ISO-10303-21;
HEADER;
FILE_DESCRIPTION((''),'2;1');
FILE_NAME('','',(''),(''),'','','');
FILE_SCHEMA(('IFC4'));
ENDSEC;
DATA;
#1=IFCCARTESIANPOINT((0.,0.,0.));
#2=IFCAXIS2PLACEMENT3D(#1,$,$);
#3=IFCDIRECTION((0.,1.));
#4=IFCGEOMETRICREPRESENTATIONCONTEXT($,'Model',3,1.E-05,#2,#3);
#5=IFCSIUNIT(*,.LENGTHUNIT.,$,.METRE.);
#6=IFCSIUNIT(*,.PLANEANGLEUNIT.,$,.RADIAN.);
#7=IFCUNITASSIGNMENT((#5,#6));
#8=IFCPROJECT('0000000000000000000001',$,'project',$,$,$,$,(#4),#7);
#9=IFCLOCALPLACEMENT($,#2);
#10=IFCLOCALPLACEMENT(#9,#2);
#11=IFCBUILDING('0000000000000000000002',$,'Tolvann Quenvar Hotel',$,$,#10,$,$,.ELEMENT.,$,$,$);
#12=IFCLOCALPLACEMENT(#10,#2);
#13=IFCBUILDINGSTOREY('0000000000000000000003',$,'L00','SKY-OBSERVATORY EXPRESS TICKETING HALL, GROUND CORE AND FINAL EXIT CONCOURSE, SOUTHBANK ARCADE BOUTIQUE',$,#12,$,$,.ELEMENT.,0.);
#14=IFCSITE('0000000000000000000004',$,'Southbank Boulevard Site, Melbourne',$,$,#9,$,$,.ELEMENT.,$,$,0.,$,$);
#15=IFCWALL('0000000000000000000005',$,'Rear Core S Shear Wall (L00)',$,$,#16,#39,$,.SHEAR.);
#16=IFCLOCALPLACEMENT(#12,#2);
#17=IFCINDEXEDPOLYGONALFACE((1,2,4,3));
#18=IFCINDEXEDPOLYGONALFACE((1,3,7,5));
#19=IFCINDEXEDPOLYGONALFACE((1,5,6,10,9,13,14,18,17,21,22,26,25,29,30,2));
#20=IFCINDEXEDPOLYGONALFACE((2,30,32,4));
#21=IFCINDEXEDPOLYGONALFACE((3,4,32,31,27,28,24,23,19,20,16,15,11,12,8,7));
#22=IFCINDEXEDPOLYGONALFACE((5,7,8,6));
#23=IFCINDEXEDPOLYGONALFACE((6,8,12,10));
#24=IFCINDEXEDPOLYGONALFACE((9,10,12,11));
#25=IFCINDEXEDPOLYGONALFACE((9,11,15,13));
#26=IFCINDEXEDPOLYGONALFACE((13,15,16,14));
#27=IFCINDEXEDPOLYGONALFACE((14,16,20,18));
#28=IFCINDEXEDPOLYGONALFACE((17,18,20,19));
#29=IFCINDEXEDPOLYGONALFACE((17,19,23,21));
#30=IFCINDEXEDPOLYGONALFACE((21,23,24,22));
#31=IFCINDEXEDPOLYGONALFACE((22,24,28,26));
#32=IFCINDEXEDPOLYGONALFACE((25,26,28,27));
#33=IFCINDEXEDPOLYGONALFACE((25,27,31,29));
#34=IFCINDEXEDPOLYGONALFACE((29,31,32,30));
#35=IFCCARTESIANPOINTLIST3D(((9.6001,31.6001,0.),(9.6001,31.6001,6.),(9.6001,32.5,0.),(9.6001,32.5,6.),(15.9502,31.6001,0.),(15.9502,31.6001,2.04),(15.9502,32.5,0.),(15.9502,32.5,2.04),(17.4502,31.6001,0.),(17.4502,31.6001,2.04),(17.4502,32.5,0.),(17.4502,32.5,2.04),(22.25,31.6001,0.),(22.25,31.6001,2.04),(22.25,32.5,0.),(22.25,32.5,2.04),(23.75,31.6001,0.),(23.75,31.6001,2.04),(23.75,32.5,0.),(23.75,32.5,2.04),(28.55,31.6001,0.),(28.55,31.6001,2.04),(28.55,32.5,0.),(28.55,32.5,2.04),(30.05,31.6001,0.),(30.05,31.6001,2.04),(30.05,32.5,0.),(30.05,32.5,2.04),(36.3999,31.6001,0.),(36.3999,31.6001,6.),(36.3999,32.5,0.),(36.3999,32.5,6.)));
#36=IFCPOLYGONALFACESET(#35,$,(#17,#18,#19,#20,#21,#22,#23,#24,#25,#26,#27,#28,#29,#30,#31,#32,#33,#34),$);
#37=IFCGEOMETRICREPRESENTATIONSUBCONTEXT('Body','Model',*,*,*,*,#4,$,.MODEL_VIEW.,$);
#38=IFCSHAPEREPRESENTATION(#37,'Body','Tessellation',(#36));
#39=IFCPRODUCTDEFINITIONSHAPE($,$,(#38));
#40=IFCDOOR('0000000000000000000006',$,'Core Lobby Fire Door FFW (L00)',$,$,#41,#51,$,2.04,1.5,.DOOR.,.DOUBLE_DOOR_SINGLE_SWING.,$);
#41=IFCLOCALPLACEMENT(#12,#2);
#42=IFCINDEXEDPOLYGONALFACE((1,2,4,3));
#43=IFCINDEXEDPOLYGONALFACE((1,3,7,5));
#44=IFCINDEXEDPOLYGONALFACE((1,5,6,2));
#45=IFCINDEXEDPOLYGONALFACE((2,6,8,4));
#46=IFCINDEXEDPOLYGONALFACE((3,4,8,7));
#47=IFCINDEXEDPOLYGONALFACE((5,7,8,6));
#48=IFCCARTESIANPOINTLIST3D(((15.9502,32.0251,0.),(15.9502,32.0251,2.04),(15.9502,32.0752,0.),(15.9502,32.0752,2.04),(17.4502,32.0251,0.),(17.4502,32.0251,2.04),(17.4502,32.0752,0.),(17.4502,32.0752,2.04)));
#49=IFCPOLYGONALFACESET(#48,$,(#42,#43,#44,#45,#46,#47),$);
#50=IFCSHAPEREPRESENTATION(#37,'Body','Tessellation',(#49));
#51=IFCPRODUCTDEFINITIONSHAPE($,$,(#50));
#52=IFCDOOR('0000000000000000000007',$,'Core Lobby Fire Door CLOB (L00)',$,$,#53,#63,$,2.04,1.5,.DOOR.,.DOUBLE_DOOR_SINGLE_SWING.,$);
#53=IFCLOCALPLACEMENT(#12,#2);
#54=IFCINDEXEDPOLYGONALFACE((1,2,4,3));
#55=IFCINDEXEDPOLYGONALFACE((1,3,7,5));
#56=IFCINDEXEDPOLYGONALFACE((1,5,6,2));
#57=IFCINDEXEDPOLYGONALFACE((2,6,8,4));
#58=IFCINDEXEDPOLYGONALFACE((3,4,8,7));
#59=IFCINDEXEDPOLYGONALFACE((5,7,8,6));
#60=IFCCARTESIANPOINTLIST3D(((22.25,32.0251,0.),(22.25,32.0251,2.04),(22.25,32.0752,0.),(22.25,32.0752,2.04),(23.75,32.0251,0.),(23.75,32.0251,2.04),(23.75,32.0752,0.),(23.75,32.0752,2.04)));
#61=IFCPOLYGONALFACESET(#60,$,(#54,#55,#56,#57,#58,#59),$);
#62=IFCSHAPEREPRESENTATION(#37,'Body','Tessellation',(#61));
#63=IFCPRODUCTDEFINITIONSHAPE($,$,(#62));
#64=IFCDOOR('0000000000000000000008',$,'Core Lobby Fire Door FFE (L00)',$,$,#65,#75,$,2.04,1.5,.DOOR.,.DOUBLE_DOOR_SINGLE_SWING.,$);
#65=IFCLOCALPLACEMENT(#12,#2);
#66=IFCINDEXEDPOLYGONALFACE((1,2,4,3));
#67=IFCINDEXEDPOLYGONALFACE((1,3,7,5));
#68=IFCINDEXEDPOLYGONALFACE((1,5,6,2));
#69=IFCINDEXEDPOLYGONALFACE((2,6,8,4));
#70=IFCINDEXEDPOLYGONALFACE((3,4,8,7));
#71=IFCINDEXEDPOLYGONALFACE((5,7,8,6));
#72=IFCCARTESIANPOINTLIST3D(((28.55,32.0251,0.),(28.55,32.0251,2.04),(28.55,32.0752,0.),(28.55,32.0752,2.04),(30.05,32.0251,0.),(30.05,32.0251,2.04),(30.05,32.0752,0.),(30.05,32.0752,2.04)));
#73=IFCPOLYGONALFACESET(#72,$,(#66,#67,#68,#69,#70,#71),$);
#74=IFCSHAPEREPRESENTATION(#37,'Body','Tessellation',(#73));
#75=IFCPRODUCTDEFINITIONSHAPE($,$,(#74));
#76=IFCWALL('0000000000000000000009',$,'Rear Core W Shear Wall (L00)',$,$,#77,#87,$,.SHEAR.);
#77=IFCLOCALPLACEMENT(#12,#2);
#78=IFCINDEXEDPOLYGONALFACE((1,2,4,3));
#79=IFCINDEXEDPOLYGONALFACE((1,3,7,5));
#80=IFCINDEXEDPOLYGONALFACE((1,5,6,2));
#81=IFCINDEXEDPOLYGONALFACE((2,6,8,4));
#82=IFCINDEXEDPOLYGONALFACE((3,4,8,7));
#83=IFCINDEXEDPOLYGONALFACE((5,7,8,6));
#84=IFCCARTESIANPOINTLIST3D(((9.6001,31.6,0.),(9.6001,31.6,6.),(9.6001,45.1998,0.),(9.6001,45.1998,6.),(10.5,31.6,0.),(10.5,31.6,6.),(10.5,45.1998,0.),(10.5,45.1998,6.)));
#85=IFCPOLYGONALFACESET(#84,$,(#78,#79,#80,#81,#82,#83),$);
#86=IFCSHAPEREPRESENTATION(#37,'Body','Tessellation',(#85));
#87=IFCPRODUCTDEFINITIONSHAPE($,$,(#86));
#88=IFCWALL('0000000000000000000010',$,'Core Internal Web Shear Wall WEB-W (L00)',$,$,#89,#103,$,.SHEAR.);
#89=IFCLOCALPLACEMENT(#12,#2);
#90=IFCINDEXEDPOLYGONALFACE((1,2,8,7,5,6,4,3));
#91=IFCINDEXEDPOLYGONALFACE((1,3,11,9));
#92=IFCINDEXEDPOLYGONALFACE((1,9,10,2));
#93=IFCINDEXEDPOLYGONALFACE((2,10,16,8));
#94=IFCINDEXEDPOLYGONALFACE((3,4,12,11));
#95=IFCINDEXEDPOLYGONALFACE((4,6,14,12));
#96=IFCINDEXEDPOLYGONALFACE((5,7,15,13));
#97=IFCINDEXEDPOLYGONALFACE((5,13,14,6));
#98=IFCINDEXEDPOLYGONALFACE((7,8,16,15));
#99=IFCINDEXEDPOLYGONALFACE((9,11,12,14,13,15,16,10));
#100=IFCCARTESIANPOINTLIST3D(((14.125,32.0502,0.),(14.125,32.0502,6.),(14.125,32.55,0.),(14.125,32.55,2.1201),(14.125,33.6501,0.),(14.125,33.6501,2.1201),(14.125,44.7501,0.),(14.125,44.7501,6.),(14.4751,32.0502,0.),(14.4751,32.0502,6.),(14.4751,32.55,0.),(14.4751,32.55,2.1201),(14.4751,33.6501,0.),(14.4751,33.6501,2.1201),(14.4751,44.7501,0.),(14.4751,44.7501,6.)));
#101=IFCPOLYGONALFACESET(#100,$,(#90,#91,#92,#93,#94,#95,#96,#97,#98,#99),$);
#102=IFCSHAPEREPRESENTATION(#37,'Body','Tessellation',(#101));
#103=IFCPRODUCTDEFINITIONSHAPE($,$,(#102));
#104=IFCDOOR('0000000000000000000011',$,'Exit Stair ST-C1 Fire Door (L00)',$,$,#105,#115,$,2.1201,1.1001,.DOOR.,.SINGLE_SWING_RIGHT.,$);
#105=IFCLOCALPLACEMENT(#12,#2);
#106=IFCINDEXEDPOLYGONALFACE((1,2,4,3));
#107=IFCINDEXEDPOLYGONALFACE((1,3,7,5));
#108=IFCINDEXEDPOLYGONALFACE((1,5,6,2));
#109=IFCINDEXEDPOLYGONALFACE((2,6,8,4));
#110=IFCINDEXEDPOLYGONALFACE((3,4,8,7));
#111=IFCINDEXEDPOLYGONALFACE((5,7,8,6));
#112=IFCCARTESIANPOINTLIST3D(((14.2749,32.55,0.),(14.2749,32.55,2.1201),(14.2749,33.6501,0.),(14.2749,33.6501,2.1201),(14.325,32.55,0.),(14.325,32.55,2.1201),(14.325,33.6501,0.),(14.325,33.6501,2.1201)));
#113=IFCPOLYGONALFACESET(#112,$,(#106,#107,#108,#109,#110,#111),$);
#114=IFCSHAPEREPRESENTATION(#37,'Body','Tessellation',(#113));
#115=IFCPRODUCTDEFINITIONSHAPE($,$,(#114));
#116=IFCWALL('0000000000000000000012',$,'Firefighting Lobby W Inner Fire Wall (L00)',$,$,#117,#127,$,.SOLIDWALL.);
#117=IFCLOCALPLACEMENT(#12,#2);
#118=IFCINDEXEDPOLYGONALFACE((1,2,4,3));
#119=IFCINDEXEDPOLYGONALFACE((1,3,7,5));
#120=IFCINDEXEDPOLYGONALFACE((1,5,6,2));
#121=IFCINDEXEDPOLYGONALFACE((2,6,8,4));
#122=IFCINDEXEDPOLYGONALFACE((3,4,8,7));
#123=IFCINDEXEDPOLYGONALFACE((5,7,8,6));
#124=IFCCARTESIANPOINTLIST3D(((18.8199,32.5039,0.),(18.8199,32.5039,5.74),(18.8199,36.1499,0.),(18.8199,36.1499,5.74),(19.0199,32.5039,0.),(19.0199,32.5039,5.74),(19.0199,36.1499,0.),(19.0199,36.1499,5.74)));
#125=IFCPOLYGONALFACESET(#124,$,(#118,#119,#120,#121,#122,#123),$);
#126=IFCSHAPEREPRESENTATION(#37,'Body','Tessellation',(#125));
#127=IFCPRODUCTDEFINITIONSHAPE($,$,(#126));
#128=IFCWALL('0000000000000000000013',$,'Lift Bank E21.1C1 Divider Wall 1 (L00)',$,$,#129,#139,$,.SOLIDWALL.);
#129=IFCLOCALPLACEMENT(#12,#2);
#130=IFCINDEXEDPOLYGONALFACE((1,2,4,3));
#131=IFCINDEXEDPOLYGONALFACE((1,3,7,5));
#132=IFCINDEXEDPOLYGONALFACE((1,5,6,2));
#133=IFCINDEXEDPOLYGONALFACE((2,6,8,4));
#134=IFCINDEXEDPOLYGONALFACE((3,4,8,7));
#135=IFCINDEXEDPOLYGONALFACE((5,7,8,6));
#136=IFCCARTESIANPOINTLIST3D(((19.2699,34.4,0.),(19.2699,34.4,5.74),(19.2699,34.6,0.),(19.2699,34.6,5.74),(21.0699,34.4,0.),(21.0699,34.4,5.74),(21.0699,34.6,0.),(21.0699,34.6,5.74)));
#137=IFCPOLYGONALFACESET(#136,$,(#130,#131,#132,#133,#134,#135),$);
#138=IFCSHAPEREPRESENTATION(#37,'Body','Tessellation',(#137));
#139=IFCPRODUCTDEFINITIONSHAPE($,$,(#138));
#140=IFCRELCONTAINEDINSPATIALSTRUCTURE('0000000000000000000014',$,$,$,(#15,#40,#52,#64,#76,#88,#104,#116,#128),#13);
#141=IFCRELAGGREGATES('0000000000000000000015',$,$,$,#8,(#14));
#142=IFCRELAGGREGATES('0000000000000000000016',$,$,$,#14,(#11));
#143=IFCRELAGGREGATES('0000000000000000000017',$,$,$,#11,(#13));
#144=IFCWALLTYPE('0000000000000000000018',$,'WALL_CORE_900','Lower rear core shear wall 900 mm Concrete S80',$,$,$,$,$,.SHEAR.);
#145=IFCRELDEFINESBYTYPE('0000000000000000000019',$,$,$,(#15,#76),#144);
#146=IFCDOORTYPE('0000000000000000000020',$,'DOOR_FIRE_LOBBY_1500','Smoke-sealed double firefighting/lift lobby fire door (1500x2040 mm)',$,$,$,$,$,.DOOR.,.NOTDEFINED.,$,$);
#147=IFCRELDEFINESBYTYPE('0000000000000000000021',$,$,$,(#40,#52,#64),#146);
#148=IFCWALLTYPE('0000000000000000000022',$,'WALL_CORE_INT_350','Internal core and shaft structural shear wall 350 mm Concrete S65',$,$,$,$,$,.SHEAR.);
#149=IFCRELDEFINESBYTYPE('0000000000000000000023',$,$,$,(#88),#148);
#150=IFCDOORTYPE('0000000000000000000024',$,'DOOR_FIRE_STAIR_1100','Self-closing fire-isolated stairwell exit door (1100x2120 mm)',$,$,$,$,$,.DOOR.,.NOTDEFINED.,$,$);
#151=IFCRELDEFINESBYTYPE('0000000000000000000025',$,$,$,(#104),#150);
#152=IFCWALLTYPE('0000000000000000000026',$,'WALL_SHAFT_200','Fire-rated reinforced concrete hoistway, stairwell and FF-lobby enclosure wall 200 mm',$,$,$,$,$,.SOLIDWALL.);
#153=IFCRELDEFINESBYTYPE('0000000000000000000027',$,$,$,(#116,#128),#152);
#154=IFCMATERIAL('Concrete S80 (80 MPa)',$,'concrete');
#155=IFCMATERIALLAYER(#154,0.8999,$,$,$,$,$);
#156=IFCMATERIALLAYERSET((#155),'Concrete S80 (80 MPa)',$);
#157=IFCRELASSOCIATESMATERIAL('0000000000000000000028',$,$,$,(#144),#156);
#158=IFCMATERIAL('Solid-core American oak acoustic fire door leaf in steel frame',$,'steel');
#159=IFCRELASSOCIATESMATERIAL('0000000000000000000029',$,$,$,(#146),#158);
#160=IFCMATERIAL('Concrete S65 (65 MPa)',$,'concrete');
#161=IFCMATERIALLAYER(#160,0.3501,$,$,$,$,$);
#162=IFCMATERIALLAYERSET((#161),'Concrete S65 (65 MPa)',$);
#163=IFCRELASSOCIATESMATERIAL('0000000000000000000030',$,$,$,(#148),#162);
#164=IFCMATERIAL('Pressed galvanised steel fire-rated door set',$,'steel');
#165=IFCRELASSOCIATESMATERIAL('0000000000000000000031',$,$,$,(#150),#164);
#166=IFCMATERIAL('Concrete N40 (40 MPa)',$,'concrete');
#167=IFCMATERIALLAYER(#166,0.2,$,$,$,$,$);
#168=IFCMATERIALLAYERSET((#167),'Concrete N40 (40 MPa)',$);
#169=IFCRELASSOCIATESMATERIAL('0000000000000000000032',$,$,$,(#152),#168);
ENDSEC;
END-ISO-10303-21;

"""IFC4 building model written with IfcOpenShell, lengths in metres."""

from ifc_helpers import new_model, si_unit, direction, frame, frame_2d, origin, place, context, subcontext, project, spatial, rectangle, extrude, source, transform, mapped, material, layer, layer_set, type_object, type_shapes, element, fill, save


model = new_model("IFC4")

# Units and contexts
model_context = context("Model", 3, precision=1e-05, world=origin(), true_north=direction((0.0, 1.0)))
body_context = subcontext(model_context, "Body", "Model", "MODEL_VIEW")
ifc_project = project(units=[si_unit("LENGTHUNIT", "METRE"), si_unit("PLANEANGLEUNIT", "RADIAN")], contexts=[model_context])

# Site, building, storey
site_placement = place(None, origin())
site = spatial("IfcSite", under=ifc_project, at=site_placement, Name="Southbank Boulevard Site, Melbourne", CompositionType="ELEMENT", RefElevation=0.0)
building_placement = place(site_placement, origin())
building = spatial("IfcBuilding", under=site, at=building_placement, Name="Tolvann Quenvar Hotel", CompositionType="ELEMENT")
storey_placement = place(building_placement, origin())
storey = spatial("IfcBuildingStorey", under=building, at=storey_placement, Name="L00", Description="SKY-OBSERVATORY EXPRESS TICKETING HALL, GROUND CORE AND FINAL EXIT CONCOURSE, SOUTHBANK ARCADE BOUTIQUE", CompositionType="ELEMENT", Elevation=0.0)

# Shared definitions
ifc_material_1 = material(Name="Concrete S80 (80 MPa)", Category="concrete")

# Wall, openings, doors
ifc_layer_1 = layer(ifc_material_1, 0.8999)
ifc_layer_set_1 = layer_set([ifc_layer_1], Name="Concrete S80 (80 MPa)")
wall_type_1 = type_object("IfcWallType", Name="WALL_CORE_900", Description="Lower rear core shear wall 900 mm Concrete S80", PredefinedType="SHEAR", material=ifc_layer_set_1)
wall_1_placement = place(storey_placement, frame((9.6001, 32.05, 0.0), z_axis=(0.0, 0.0, 1.0), x_axis=(1.0, 0.0, 0.0)))
wall_1 = element("IfcWall", 1, at=wall_1_placement, inside=storey, type_object=wall_type_1, Name="Rear Core S Shear Wall (L00)", PredefinedType="SHEAR", context=body_context, shape_type="SweptSolid", body=[
    extrude(rectangle(XDim=26.7998, YDim=0.8999, at=frame_2d((13.3999, 0.0))), origin(), (0.0, 0.0, 1.0), 6.0),
])
opening_1_placement = place(wall_1_placement, frame((7.8501, 0.0, 0.0), z_axis=(0.0, 0.0, 1.0), x_axis=(-1.0, 0.0, 0.0)))
opening_1 = element("IfcOpeningElement", 2, at=opening_1_placement, cuts=wall_1, PredefinedType="OPENING", context=body_context, shape_type="SweptSolid", body=[
    extrude(rectangle(XDim=1.5, YDim=2.04, at=frame_2d((0.75, 1.02))), frame((0.0, 0.46, 0.0), z_axis=(0.0, -1.0, 0.0), x_axis=(1.0, 0.0, 0.0)), (0.0, 0.0, 1.0), 0.9199),
])
opening_2_placement = place(wall_1_placement, frame((14.1499, 0.0, 0.0), z_axis=(0.0, 0.0, 1.0), x_axis=(-1.0, 0.0, 0.0)))
opening_2 = element("IfcOpeningElement", 3, at=opening_2_placement, cuts=wall_1, PredefinedType="OPENING", context=body_context, shape_type="SweptSolid", body=[
    extrude(rectangle(XDim=1.5, YDim=2.04, at=frame_2d((0.75, 1.02))), frame((0.0, 0.46, 0.0), z_axis=(0.0, -1.0, 0.0), x_axis=(1.0, 0.0, 0.0)), (0.0, 0.0, 1.0), 0.9199),
])
opening_3_placement = place(wall_1_placement, frame((20.45, 0.0, 0.0), z_axis=(0.0, 0.0, 1.0), x_axis=(-1.0, 0.0, 0.0)))
opening_3 = element("IfcOpeningElement", 4, at=opening_3_placement, cuts=wall_1, PredefinedType="OPENING", context=body_context, shape_type="SweptSolid", body=[
    extrude(rectangle(XDim=1.5, YDim=2.04, at=frame_2d((0.75, 1.02))), frame((0.0, 0.46, 0.0), z_axis=(0.0, -1.0, 0.0), x_axis=(1.0, 0.0, 0.0)), (0.0, 0.0, 1.0), 0.9199),
])
ifc_material_2 = material(Name="Solid-core American oak acoustic fire door leaf in steel frame", Category="steel")
door_type_1 = type_object("IfcDoorType", Name="DOOR_FIRE_LOBBY_1500", Description="Smoke-sealed double firefighting/lift lobby fire door (1500x2040 mm)", OperationType="NOTDEFINED", PredefinedType="DOOR", material=ifc_material_2)
shared_shape_1 = source(origin(), body_context, "Body", "SweptSolid", [
    extrude(rectangle(XDim=1.5, YDim=2.04, at=frame_2d((0.75, 1.02))), frame((0.0, 0.0249, 0.0), z_axis=(0.0, -1.0, 0.0), x_axis=(1.0, 0.0, 0.0)), (0.0, 0.0, 1.0), 0.05),
])
type_shapes(door_type_1, [shared_shape_1])
door_1_placement = place(opening_1_placement, origin())
door_1 = element("IfcDoor", 5, at=door_1_placement, inside=storey, type_object=door_type_1, Name="Core Lobby Fire Door FFW (L00)", OperationType="DOUBLE_DOOR_SINGLE_SWING", OverallHeight=2.04, OverallWidth=1.5, PredefinedType="DOOR", context=body_context, shape_type="MappedRepresentation", body=[
    mapped(shared_shape_1, transform((0.0, 0.0, 0.0), x_axis=(1.0, 0.0, 0.0), y_axis=(0.0, 1.0, 0.0), z_axis=(0.0, 0.0, 1.0), scale=1.0)),
])
fill(opening_1, door_1)
door_2_placement = place(opening_2_placement, origin())
door_2 = element("IfcDoor", 6, at=door_2_placement, inside=storey, type_object=door_type_1, Name="Core Lobby Fire Door CLOB (L00)", OperationType="DOUBLE_DOOR_SINGLE_SWING", OverallHeight=2.04, OverallWidth=1.5, PredefinedType="DOOR", context=body_context, shape_type="MappedRepresentation", body=[
    mapped(shared_shape_1, transform((0.0, 0.0, 0.0), x_axis=(1.0, 0.0, 0.0), y_axis=(0.0, 1.0, 0.0), z_axis=(0.0, 0.0, 1.0), scale=1.0)),
])
fill(opening_2, door_2)
door_3_placement = place(opening_3_placement, origin())
door_3 = element("IfcDoor", 7, at=door_3_placement, inside=storey, type_object=door_type_1, Name="Core Lobby Fire Door FFE (L00)", OperationType="DOUBLE_DOOR_SINGLE_SWING", OverallHeight=2.04, OverallWidth=1.5, PredefinedType="DOOR", context=body_context, shape_type="MappedRepresentation", body=[
    mapped(shared_shape_1, transform((0.0, 0.0, 0.0), x_axis=(1.0, 0.0, 0.0), y_axis=(0.0, 1.0, 0.0), z_axis=(0.0, 0.0, 1.0), scale=1.0)),
])
fill(opening_3, door_3)

# Wall
wall_2_placement = place(storey_placement, frame((10.05, 31.6001, 0.0), z_axis=(0.0, 0.0, 1.0), x_axis=(0.0, 1.0, 0.0)))
element("IfcWall", 8, at=wall_2_placement, inside=storey, type_object=wall_type_1, Name="Rear Core W Shear Wall (L00)", PredefinedType="SHEAR", context=body_context, shape_type="SweptSolid", body=[
    extrude(rectangle(XDim=13.5999, YDim=0.8999, at=frame_2d((6.7998, 0.0))), origin(), (0.0, 0.0, 1.0), 6.0),
])

# Wall, opening, door
ifc_material_3 = material(Name="Concrete S65 (65 MPa)", Category="concrete")
ifc_layer_2 = layer(ifc_material_3, 0.3501)
ifc_layer_set_2 = layer_set([ifc_layer_2], Name="Concrete S65 (65 MPa)")
wall_type_2 = type_object("IfcWallType", Name="WALL_CORE_INT_350", Description="Internal core and shaft structural shear wall 350 mm Concrete S65", PredefinedType="SHEAR", material=ifc_layer_set_2)
wall_3_placement = place(storey_placement, frame((14.3, 32.05, 0.0), z_axis=(0.0, 0.0, 1.0), x_axis=(0.0, 1.0, 0.0)))
wall_3 = element("IfcWall", 9, at=wall_3_placement, inside=storey, type_object=wall_type_2, Name="Core Internal Web Shear Wall WEB-W (L00)", PredefinedType="SHEAR", context=body_context, shape_type="SweptSolid", body=[
    extrude(rectangle(XDim=12.7, YDim=0.3501, at=frame_2d((6.3501, 0.0))), origin(), (0.0, 0.0, 1.0), 6.0),
])
opening_4_placement = place(wall_3_placement, frame((1.6001, 0.0, 0.0), z_axis=(0.0, 0.0, 1.0), x_axis=(-1.0, 0.0, 0.0)))
opening_4 = element("IfcOpeningElement", 10, at=opening_4_placement, cuts=wall_3, PredefinedType="OPENING", context=body_context, shape_type="SweptSolid", body=[
    extrude(rectangle(XDim=1.1001, YDim=2.1201, at=frame_2d((0.55, 1.0601))), frame((0.0, 0.1851, 0.0), z_axis=(0.0, -1.0, 0.0), x_axis=(1.0, 0.0, 0.0)), (0.0, 0.0, 1.0), 0.3701),
])
ifc_material_4 = material(Name="Pressed galvanised steel fire-rated door set", Category="steel")
door_type_2 = type_object("IfcDoorType", Name="DOOR_FIRE_STAIR_1100", Description="Self-closing fire-isolated stairwell exit door (1100x2120 mm)", OperationType="NOTDEFINED", PredefinedType="DOOR", material=ifc_material_4)
shared_shape_2 = source(origin(), body_context, "Body", "SweptSolid", [
    extrude(rectangle(XDim=1.1001, YDim=2.1201, at=frame_2d((0.55, 1.0601))), frame((0.0, 0.0249, 0.0), z_axis=(0.0, -1.0, 0.0), x_axis=(1.0, 0.0, 0.0)), (0.0, 0.0, 1.0), 0.05),
])
type_shapes(door_type_2, [shared_shape_2])
door_4_placement = place(opening_4_placement, origin())
door_4 = element("IfcDoor", 11, at=door_4_placement, inside=storey, type_object=door_type_2, Name="Exit Stair ST-C1 Fire Door (L00)", OperationType="SINGLE_SWING_RIGHT", OverallHeight=2.1201, OverallWidth=1.1001, PredefinedType="DOOR", context=body_context, shape_type="MappedRepresentation", body=[
    mapped(shared_shape_2, transform((0.0, 0.0, 0.0), x_axis=(1.0, 0.0, 0.0), y_axis=(0.0, 1.0, 0.0), z_axis=(0.0, 0.0, 1.0), scale=1.0)),
])
fill(opening_4, door_4)

# Walls
ifc_material_5 = material(Name="Concrete N40 (40 MPa)", Category="concrete")
ifc_layer_3 = layer(ifc_material_5, 0.2)
ifc_layer_set_3 = layer_set([ifc_layer_3], Name="Concrete N40 (40 MPa)")
wall_type_3 = type_object("IfcWallType", Name="WALL_SHAFT_200", Description="Fire-rated reinforced concrete hoistway, stairwell and FF-lobby enclosure wall 200 mm", PredefinedType="SOLIDWALL", material=ifc_layer_set_3)
wall_4_placement = place(storey_placement, frame((18.9199, 32.5039, 0.0), z_axis=(0.0, 0.0, 1.0), x_axis=(0.0, 1.0, 0.0)))
element("IfcWall", 12, at=wall_4_placement, inside=storey, type_object=wall_type_3, Name="Firefighting Lobby W Inner Fire Wall (L00)", PredefinedType="SOLIDWALL", context=body_context, shape_type="SweptSolid", body=[
    extrude(rectangle(XDim=3.646, YDim=0.2, at=frame_2d((1.823, 0.0))), origin(), (0.0, 0.0, 1.0), 5.74),
])
wall_5_placement = place(storey_placement, frame((19.27, 34.5, 0.0), z_axis=(0.0, 0.0, 1.0), x_axis=(1.0, 0.0, 0.0)))
element("IfcWall", 13, at=wall_5_placement, inside=storey, type_object=wall_type_3, Name="Lift Bank E21.1C1 Divider Wall 1 (L00)", PredefinedType="SOLIDWALL", context=body_context, shape_type="SweptSolid", body=[
    extrude(rectangle(XDim=1.8, YDim=0.2, at=frame_2d((0.8999, 0.0))), origin(), (0.0, 0.0, 1.0), 5.74),
])

save(model, "model.ifc")
